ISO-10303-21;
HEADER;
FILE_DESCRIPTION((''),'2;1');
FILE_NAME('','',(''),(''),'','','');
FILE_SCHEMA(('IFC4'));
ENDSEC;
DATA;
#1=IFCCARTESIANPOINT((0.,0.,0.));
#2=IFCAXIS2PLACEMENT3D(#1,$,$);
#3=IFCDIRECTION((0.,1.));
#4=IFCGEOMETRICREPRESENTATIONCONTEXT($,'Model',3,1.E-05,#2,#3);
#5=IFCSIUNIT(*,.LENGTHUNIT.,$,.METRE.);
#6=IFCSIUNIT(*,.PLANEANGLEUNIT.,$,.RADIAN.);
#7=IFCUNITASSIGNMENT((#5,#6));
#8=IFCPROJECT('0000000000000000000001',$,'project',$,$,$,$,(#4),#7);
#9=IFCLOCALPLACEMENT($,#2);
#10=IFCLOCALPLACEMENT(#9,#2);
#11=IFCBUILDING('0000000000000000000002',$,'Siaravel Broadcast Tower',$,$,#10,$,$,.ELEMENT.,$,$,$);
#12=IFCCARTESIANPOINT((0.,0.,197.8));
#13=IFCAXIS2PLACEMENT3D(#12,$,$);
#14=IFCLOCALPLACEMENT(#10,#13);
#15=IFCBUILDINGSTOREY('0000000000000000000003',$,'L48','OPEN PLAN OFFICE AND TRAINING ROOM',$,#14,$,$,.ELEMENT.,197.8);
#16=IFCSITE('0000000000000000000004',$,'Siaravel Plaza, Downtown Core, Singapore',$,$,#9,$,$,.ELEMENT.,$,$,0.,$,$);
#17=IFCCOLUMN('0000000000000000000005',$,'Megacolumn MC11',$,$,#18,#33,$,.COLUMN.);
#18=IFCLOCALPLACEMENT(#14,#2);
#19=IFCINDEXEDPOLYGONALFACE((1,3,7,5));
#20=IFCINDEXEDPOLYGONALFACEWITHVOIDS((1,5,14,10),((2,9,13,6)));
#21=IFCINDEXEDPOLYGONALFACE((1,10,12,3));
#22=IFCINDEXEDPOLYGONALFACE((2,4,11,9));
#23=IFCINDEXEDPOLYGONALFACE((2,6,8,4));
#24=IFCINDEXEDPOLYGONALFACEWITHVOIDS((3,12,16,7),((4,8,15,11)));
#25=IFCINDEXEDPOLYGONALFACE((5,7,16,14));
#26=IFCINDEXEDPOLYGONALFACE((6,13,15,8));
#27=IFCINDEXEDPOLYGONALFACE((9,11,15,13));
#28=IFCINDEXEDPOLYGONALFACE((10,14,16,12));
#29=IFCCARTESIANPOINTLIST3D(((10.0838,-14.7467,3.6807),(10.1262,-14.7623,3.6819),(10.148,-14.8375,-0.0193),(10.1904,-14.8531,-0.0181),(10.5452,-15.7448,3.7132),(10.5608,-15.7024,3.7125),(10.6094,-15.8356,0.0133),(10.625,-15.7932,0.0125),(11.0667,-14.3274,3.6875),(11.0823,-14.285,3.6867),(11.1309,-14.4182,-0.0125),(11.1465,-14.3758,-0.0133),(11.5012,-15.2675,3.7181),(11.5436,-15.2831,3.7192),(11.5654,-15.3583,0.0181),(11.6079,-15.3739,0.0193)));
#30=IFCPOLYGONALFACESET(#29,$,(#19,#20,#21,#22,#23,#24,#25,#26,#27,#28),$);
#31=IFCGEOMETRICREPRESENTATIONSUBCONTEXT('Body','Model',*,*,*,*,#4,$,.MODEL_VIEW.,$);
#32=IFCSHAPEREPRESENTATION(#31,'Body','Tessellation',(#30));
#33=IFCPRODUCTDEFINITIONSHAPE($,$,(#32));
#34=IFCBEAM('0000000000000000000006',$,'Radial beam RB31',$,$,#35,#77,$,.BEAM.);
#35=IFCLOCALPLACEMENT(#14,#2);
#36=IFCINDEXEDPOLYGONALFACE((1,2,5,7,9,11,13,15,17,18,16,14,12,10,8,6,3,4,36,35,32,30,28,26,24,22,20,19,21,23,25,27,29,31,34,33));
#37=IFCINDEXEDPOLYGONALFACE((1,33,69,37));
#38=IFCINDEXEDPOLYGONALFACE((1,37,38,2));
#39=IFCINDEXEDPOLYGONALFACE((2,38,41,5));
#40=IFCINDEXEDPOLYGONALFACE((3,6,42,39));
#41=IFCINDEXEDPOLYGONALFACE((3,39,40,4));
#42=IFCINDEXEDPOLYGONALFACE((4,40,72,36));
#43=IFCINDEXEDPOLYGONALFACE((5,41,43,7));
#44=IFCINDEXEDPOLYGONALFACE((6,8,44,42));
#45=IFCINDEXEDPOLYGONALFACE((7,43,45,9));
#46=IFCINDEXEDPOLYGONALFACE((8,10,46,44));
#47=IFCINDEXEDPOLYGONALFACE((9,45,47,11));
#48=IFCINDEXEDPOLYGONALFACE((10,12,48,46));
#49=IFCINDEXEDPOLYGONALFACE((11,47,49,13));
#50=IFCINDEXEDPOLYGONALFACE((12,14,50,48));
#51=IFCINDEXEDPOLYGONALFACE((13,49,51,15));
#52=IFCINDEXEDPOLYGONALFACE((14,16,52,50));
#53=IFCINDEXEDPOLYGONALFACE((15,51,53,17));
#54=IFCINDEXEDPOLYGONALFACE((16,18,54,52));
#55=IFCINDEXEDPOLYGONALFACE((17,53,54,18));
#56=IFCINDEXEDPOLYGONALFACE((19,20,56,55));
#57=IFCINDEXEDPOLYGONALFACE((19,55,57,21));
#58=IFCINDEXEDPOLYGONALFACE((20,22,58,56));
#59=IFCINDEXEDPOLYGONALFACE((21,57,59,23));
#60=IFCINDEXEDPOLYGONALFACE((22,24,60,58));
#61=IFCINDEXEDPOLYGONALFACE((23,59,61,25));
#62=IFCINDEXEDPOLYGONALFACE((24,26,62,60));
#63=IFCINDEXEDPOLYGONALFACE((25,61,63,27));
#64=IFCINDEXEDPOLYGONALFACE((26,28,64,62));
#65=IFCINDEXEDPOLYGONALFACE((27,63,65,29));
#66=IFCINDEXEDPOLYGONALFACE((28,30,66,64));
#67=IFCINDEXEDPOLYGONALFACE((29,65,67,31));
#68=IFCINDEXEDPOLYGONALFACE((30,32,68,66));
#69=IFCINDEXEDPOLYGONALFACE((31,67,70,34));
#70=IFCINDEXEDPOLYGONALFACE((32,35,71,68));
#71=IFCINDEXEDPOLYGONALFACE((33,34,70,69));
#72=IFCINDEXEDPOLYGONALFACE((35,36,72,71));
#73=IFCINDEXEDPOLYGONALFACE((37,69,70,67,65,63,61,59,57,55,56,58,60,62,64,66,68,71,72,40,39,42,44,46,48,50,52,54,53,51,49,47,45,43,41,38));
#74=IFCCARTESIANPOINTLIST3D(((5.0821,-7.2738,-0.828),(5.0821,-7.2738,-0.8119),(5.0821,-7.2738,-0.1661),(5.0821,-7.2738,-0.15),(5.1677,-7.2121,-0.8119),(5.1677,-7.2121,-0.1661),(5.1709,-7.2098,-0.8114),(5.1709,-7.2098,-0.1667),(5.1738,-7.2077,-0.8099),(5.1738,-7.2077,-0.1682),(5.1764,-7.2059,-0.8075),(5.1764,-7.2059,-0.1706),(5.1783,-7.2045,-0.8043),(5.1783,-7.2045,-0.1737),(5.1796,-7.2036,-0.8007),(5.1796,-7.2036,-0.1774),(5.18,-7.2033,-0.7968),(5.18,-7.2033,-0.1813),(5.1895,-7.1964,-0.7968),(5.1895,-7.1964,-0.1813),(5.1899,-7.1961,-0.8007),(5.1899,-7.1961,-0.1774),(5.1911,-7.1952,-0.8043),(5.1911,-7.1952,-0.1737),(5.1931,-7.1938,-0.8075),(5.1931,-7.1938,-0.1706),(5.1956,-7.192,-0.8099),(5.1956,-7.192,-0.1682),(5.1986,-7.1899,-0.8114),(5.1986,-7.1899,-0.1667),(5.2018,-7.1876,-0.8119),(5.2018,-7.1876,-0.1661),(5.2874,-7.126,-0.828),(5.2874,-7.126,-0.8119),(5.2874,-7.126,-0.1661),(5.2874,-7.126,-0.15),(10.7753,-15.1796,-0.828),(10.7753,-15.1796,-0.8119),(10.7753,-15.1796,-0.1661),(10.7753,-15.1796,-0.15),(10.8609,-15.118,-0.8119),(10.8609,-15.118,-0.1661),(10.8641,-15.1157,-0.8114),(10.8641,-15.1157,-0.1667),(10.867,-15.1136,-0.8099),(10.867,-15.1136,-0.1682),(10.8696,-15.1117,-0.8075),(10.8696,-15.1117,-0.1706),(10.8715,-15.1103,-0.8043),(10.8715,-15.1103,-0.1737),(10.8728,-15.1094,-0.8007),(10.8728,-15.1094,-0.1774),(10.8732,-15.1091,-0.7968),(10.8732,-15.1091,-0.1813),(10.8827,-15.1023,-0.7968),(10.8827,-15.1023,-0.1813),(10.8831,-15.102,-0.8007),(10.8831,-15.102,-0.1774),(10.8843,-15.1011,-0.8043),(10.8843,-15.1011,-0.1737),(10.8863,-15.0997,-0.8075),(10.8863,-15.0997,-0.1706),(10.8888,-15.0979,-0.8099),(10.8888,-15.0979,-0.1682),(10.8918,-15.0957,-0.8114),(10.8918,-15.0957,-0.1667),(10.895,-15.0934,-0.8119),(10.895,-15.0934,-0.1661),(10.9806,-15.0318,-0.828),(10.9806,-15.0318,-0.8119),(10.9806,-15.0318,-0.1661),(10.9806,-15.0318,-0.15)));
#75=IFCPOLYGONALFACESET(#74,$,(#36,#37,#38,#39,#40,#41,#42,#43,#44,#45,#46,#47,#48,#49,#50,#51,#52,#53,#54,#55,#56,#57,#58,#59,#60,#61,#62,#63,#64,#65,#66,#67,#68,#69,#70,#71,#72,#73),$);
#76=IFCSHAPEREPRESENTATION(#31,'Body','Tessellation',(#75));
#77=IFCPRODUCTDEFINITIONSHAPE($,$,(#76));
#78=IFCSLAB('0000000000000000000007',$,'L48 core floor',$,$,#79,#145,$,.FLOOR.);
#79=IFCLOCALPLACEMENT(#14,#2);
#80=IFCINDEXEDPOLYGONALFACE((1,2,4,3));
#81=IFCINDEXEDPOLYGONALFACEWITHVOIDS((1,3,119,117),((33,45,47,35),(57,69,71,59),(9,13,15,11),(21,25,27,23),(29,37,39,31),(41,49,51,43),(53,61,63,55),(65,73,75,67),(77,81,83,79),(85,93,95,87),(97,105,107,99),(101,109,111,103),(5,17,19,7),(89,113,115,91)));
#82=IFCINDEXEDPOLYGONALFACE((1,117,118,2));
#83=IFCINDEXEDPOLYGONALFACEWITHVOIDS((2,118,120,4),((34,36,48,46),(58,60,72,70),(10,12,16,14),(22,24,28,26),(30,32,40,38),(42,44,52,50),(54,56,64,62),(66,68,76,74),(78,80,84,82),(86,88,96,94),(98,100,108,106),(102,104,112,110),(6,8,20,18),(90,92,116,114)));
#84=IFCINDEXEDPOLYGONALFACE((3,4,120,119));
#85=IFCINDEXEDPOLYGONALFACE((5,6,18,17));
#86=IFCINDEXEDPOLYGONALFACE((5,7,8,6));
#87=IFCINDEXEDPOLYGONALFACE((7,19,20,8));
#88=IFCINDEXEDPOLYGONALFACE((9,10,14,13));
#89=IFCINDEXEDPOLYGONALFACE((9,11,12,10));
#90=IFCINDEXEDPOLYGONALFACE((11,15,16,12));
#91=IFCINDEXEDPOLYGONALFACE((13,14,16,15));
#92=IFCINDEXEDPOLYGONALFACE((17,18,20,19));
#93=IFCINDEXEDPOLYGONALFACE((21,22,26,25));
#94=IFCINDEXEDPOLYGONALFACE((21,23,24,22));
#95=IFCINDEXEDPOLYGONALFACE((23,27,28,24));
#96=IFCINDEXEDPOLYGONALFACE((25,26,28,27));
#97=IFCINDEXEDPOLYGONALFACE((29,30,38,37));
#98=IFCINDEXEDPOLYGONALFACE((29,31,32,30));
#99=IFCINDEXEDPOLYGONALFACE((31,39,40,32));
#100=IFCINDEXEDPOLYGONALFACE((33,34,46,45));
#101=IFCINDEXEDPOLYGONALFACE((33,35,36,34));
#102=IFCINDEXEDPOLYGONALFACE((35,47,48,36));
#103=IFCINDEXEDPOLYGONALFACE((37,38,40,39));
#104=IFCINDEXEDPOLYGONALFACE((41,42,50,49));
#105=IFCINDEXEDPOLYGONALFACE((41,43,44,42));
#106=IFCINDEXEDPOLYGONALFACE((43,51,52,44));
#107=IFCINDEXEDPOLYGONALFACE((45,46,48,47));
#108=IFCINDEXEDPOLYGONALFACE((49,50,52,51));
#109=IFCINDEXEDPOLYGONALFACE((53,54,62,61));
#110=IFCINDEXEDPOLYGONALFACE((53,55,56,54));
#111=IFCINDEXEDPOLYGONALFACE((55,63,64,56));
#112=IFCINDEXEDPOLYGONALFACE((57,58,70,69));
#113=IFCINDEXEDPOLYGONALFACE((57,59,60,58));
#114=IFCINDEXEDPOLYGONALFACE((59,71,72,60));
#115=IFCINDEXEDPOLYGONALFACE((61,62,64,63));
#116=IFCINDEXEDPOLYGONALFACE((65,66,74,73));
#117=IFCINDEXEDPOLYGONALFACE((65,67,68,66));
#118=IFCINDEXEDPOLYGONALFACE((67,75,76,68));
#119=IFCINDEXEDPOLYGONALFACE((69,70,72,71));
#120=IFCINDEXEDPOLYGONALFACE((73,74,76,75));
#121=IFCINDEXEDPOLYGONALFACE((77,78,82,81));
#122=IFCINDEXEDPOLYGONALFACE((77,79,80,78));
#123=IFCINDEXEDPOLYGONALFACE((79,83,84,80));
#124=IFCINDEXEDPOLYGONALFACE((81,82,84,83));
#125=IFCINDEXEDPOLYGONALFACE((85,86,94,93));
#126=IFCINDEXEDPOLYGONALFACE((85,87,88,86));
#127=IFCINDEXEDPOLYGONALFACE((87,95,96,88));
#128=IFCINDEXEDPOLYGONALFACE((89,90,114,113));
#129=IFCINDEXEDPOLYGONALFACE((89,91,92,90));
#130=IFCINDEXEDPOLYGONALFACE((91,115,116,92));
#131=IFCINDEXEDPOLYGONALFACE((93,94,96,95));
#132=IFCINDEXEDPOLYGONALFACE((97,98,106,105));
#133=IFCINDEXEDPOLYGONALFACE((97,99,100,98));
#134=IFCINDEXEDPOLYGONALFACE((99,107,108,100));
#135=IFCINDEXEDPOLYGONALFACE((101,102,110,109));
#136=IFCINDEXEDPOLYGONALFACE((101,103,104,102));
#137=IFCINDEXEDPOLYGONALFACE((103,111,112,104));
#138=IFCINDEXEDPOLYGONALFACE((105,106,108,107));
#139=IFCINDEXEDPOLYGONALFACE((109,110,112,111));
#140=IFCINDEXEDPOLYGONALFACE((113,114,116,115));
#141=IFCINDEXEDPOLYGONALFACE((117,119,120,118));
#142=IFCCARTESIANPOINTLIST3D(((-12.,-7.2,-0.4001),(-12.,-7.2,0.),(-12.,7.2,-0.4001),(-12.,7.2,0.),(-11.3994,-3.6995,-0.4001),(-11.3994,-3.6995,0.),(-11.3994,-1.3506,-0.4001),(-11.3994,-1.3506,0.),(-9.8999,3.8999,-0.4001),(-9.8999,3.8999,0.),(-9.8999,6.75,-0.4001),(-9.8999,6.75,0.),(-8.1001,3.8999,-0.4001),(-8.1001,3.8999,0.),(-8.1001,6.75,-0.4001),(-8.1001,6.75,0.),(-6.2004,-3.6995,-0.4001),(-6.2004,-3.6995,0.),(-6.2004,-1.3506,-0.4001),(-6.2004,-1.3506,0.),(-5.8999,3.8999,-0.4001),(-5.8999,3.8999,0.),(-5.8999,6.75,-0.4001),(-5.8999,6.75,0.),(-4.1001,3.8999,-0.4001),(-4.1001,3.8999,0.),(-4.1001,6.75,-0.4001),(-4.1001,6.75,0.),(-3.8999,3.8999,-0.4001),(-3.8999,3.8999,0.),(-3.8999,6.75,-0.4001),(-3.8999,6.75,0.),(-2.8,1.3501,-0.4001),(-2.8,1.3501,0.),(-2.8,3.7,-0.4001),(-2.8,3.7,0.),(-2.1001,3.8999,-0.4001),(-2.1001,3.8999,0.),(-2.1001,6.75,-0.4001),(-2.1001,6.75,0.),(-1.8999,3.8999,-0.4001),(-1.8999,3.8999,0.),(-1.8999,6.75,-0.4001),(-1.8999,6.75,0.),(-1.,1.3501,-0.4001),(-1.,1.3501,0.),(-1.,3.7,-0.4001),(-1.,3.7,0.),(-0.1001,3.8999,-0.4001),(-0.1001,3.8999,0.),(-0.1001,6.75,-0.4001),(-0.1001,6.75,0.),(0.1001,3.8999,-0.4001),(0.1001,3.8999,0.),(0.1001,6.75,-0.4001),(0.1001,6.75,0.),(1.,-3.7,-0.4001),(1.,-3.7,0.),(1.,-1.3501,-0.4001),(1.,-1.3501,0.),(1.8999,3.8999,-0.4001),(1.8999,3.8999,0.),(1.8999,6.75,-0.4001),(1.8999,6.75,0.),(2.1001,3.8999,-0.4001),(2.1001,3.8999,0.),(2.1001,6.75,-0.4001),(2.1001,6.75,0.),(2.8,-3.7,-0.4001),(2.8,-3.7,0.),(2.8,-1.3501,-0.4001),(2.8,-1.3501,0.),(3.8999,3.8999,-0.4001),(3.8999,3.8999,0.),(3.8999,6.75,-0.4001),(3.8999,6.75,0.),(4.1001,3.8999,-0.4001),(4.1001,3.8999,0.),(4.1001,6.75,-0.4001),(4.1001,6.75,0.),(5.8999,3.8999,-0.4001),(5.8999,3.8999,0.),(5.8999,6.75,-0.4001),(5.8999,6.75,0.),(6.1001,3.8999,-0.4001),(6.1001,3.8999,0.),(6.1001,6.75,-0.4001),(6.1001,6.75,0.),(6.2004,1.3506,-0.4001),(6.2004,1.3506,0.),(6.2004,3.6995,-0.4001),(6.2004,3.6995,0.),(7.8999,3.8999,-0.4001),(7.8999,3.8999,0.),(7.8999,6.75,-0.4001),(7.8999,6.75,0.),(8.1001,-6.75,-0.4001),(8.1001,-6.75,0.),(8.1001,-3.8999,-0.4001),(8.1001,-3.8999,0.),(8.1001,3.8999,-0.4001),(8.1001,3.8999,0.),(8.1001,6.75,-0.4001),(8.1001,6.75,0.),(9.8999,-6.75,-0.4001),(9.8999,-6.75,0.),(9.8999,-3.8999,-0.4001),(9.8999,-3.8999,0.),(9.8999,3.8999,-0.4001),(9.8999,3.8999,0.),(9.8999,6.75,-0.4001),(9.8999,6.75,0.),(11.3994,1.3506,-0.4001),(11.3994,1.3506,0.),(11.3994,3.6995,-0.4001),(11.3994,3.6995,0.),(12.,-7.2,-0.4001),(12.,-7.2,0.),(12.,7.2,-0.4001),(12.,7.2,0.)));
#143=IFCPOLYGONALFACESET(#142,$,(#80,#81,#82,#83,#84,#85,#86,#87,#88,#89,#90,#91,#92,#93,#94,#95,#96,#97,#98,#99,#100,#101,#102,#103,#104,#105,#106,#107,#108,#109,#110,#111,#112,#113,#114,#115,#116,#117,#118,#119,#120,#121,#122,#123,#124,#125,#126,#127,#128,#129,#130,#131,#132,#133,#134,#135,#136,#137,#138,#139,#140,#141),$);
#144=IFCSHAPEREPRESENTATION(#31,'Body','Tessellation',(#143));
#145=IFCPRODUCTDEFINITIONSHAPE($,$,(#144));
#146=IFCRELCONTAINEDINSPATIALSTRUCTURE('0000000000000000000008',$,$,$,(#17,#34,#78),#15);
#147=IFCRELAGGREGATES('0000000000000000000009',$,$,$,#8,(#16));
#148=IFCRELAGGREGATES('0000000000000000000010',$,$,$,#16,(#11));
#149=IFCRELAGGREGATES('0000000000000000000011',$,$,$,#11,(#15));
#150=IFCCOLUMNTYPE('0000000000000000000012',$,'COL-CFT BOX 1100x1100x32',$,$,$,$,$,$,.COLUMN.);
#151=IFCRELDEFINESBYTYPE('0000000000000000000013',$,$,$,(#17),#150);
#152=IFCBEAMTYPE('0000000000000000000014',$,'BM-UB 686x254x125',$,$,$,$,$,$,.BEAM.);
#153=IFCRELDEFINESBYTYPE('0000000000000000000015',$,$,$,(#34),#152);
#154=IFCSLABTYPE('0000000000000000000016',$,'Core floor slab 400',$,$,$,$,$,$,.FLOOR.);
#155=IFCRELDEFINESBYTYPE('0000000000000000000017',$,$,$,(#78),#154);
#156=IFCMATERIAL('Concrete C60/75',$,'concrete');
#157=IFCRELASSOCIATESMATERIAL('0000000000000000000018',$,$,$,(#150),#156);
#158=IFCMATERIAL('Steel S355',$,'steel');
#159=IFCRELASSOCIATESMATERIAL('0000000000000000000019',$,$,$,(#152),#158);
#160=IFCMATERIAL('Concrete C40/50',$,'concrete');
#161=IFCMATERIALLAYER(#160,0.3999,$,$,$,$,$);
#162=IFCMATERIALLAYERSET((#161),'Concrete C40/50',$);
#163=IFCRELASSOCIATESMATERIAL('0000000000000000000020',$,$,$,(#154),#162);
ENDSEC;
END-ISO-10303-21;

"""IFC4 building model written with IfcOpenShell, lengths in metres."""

from ifc_helpers import new_model, si_unit, direction, frame, origin, origin_2d, place, context, subcontext, project, spatial, polyline, hollow_rectangle, i_section, outline, extrude, material, layer, layer_set, material_profile, profile_set, type_object, element, save


model = new_model("IFC4")

# Units and contexts
model_context = context("Model", 3, precision=1e-05, world=origin(), true_north=direction((0.0, 1.0)))
body_context = subcontext(model_context, "Body", "Model", "MODEL_VIEW")
ifc_project = project(units=[si_unit("LENGTHUNIT", "METRE"), si_unit("PLANEANGLEUNIT", "RADIAN")], contexts=[model_context])

# Site, building, storey
site_placement = place(None, origin())
site = spatial("IfcSite", under=ifc_project, at=site_placement, Name="Siaravel Plaza, Downtown Core, Singapore", CompositionType="ELEMENT", RefElevation=0.0)
building_placement = place(site_placement, origin())
building = spatial("IfcBuilding", under=site, at=building_placement, Name="Siaravel Broadcast Tower", CompositionType="ELEMENT")
storey_placement = place(building_placement, frame((0.0, 0.0, 197.8)))
storey = spatial("IfcBuildingStorey", under=building, at=storey_placement, Name="L48", Description="OPEN PLAN OFFICE AND TRAINING ROOM", CompositionType="ELEMENT", Elevation=197.8)

# Column
ifc_material_1 = material(Name="Concrete C60/75", Category="concrete")
ifc_material_profile_1 = material_profile(ifc_material_1, hollow_rectangle(XDim=1.1001, YDim=1.1001, WallThickness=0.032, at=origin_2d()))
ifc_profile_set_1 = profile_set([ifc_material_profile_1], Name="Concrete C60/75")
column_type = type_object("IfcColumnType", Name="COL-CFT BOX 1100x1100x32", PredefinedType="COLUMN", material=ifc_profile_set_1)
column_placement = place(storey_placement, frame((10.8779, -15.1057, 0.0), z_axis=(-0.017346, 0.024535, 0.999548), x_axis=(-0.907643, -0.419707, -0.005449)))
element("IfcColumn", 1, at=column_placement, inside=storey, type_object=column_type, Name="Megacolumn MC11", PredefinedType="COLUMN", context=body_context, shape_type="SweptSolid", body=[
    extrude(hollow_rectangle(XDim=1.1001, YDim=1.1001, WallThickness=0.032, at=origin_2d()), origin(), (0.0, 0.0, 1.0), 3.7017),
])

# Beam
ifc_material_2 = material(Name="Steel S355", Category="steel")
ifc_material_profile_2 = material_profile(ifc_material_2, i_section(OverallWidth=0.2529, OverallDepth=0.678, WebThickness=0.0117, FlangeThickness=0.0161, FilletRadius=0.0151, at=origin_2d()))
ifc_profile_set_2 = profile_set([ifc_material_profile_2], Name="Steel S355")
beam_type = type_object("IfcBeamType", Name="BM-UB 686x254x125", PredefinedType="BEAM", material=ifc_profile_set_2)
beam_placement = place(storey_placement, frame((10.8779, -15.1057, -0.489), z_axis=(-0.58437, 0.811487, 0.0), x_axis=(-0.811487, -0.58437, 0.0)))
element("IfcBeam", 2, at=beam_placement, inside=storey, type_object=beam_type, Name="Radial beam RB31", PredefinedType="BEAM", context=body_context, shape_type="SweptSolid", body=[
    extrude(i_section(OverallWidth=0.2529, OverallDepth=0.678, WebThickness=0.0117, FlangeThickness=0.0161, FilletRadius=0.0151, at=origin_2d()), origin(), (0.0, 0.0, 1.0), 9.7424),
])

# Slab
ifc_material_3 = material(Name="Concrete C40/50", Category="concrete")
ifc_layer_1 = layer(ifc_material_3, 0.3999)
ifc_layer_set_1 = layer_set([ifc_layer_1], Name="Concrete C40/50")
slab_type_1 = type_object("IfcSlabType", Name="Core floor slab 400", PredefinedType="FLOOR", material=ifc_layer_set_1)
slab_1_placement = place(storey_placement, frame((0.0, 0.0, -0.4001)))
element("IfcSlab", 3, at=slab_1_placement, inside=storey, type_object=slab_type_1, Name="L48 core floor", PredefinedType="FLOOR", context=body_context, shape_type="SweptSolid", body=[
    extrude(outline(polyline([(-12.0, -7.2), (-12.0, 7.2), (12.0, 7.2), (12.0, -7.2), (-12.0, -7.2)]), holes=[polyline([(11.3994, 1.3506), (11.3994, 3.6995), (6.2004, 3.6995), (6.2004, 1.3506), (11.3994, 1.3506)]), polyline([(8.1001, -3.8999), (8.1001, -6.75), (9.8999, -6.75), (9.8999, -3.8999), (8.1001, -3.8999)]), polyline([(9.8999, 6.75), (8.1001, 6.75), (8.1001, 3.8999), (9.8999, 3.8999), (9.8999, 6.75)]), polyline([(7.8999, 6.75), (6.1001, 6.75), (6.1001, 3.8999), (7.8999, 3.8999), (7.8999, 6.75)]), polyline([(5.8999, 6.75), (4.1001, 6.75), (4.1001, 3.8999), (5.8999, 3.8999), (5.8999, 6.75)]), polyline([(3.8999, 6.75), (2.1001, 6.75), (2.1001, 3.8999), (3.8999, 3.8999), (3.8999, 6.75)]), polyline([(2.8, -1.3501), (1.0, -1.3501), (1.0, -3.7), (2.8, -3.7), (2.8, -1.3501)]), polyline([(1.8999, 6.75), (0.1001, 6.75), (0.1001, 3.8999), (1.8999, 3.8999), (1.8999, 6.75)]), polyline([(-0.1001, 6.75), (-1.8999, 6.75), (-1.8999, 3.8999), (-0.1001, 3.8999), (-0.1001, 6.75)]), polyline([(-1.0, 3.7), (-2.8, 3.7), (-2.8, 1.3501), (-1.0, 1.3501), (-1.0, 3.7)]), polyline([(-2.1001, 6.75), (-3.8999, 6.75), (-3.8999, 3.8999), (-2.1001, 3.8999), (-2.1001, 6.75)]), polyline([(-4.1001, 6.75), (-5.8999, 6.75), (-5.8999, 3.8999), (-4.1001, 3.8999), (-4.1001, 6.75)]), polyline([(-11.3994, -3.6995), (-6.2004, -3.6995), (-6.2004, -1.3506), (-11.3994, -1.3506), (-11.3994, -3.6995)]), polyline([(-8.1001, 6.75), (-9.8999, 6.75), (-9.8999, 3.8999), (-8.1001, 3.8999), (-8.1001, 6.75)])]), origin(), (0.0, 0.0, 1.0), 0.4001),
])

save(model, "model.ifc")
